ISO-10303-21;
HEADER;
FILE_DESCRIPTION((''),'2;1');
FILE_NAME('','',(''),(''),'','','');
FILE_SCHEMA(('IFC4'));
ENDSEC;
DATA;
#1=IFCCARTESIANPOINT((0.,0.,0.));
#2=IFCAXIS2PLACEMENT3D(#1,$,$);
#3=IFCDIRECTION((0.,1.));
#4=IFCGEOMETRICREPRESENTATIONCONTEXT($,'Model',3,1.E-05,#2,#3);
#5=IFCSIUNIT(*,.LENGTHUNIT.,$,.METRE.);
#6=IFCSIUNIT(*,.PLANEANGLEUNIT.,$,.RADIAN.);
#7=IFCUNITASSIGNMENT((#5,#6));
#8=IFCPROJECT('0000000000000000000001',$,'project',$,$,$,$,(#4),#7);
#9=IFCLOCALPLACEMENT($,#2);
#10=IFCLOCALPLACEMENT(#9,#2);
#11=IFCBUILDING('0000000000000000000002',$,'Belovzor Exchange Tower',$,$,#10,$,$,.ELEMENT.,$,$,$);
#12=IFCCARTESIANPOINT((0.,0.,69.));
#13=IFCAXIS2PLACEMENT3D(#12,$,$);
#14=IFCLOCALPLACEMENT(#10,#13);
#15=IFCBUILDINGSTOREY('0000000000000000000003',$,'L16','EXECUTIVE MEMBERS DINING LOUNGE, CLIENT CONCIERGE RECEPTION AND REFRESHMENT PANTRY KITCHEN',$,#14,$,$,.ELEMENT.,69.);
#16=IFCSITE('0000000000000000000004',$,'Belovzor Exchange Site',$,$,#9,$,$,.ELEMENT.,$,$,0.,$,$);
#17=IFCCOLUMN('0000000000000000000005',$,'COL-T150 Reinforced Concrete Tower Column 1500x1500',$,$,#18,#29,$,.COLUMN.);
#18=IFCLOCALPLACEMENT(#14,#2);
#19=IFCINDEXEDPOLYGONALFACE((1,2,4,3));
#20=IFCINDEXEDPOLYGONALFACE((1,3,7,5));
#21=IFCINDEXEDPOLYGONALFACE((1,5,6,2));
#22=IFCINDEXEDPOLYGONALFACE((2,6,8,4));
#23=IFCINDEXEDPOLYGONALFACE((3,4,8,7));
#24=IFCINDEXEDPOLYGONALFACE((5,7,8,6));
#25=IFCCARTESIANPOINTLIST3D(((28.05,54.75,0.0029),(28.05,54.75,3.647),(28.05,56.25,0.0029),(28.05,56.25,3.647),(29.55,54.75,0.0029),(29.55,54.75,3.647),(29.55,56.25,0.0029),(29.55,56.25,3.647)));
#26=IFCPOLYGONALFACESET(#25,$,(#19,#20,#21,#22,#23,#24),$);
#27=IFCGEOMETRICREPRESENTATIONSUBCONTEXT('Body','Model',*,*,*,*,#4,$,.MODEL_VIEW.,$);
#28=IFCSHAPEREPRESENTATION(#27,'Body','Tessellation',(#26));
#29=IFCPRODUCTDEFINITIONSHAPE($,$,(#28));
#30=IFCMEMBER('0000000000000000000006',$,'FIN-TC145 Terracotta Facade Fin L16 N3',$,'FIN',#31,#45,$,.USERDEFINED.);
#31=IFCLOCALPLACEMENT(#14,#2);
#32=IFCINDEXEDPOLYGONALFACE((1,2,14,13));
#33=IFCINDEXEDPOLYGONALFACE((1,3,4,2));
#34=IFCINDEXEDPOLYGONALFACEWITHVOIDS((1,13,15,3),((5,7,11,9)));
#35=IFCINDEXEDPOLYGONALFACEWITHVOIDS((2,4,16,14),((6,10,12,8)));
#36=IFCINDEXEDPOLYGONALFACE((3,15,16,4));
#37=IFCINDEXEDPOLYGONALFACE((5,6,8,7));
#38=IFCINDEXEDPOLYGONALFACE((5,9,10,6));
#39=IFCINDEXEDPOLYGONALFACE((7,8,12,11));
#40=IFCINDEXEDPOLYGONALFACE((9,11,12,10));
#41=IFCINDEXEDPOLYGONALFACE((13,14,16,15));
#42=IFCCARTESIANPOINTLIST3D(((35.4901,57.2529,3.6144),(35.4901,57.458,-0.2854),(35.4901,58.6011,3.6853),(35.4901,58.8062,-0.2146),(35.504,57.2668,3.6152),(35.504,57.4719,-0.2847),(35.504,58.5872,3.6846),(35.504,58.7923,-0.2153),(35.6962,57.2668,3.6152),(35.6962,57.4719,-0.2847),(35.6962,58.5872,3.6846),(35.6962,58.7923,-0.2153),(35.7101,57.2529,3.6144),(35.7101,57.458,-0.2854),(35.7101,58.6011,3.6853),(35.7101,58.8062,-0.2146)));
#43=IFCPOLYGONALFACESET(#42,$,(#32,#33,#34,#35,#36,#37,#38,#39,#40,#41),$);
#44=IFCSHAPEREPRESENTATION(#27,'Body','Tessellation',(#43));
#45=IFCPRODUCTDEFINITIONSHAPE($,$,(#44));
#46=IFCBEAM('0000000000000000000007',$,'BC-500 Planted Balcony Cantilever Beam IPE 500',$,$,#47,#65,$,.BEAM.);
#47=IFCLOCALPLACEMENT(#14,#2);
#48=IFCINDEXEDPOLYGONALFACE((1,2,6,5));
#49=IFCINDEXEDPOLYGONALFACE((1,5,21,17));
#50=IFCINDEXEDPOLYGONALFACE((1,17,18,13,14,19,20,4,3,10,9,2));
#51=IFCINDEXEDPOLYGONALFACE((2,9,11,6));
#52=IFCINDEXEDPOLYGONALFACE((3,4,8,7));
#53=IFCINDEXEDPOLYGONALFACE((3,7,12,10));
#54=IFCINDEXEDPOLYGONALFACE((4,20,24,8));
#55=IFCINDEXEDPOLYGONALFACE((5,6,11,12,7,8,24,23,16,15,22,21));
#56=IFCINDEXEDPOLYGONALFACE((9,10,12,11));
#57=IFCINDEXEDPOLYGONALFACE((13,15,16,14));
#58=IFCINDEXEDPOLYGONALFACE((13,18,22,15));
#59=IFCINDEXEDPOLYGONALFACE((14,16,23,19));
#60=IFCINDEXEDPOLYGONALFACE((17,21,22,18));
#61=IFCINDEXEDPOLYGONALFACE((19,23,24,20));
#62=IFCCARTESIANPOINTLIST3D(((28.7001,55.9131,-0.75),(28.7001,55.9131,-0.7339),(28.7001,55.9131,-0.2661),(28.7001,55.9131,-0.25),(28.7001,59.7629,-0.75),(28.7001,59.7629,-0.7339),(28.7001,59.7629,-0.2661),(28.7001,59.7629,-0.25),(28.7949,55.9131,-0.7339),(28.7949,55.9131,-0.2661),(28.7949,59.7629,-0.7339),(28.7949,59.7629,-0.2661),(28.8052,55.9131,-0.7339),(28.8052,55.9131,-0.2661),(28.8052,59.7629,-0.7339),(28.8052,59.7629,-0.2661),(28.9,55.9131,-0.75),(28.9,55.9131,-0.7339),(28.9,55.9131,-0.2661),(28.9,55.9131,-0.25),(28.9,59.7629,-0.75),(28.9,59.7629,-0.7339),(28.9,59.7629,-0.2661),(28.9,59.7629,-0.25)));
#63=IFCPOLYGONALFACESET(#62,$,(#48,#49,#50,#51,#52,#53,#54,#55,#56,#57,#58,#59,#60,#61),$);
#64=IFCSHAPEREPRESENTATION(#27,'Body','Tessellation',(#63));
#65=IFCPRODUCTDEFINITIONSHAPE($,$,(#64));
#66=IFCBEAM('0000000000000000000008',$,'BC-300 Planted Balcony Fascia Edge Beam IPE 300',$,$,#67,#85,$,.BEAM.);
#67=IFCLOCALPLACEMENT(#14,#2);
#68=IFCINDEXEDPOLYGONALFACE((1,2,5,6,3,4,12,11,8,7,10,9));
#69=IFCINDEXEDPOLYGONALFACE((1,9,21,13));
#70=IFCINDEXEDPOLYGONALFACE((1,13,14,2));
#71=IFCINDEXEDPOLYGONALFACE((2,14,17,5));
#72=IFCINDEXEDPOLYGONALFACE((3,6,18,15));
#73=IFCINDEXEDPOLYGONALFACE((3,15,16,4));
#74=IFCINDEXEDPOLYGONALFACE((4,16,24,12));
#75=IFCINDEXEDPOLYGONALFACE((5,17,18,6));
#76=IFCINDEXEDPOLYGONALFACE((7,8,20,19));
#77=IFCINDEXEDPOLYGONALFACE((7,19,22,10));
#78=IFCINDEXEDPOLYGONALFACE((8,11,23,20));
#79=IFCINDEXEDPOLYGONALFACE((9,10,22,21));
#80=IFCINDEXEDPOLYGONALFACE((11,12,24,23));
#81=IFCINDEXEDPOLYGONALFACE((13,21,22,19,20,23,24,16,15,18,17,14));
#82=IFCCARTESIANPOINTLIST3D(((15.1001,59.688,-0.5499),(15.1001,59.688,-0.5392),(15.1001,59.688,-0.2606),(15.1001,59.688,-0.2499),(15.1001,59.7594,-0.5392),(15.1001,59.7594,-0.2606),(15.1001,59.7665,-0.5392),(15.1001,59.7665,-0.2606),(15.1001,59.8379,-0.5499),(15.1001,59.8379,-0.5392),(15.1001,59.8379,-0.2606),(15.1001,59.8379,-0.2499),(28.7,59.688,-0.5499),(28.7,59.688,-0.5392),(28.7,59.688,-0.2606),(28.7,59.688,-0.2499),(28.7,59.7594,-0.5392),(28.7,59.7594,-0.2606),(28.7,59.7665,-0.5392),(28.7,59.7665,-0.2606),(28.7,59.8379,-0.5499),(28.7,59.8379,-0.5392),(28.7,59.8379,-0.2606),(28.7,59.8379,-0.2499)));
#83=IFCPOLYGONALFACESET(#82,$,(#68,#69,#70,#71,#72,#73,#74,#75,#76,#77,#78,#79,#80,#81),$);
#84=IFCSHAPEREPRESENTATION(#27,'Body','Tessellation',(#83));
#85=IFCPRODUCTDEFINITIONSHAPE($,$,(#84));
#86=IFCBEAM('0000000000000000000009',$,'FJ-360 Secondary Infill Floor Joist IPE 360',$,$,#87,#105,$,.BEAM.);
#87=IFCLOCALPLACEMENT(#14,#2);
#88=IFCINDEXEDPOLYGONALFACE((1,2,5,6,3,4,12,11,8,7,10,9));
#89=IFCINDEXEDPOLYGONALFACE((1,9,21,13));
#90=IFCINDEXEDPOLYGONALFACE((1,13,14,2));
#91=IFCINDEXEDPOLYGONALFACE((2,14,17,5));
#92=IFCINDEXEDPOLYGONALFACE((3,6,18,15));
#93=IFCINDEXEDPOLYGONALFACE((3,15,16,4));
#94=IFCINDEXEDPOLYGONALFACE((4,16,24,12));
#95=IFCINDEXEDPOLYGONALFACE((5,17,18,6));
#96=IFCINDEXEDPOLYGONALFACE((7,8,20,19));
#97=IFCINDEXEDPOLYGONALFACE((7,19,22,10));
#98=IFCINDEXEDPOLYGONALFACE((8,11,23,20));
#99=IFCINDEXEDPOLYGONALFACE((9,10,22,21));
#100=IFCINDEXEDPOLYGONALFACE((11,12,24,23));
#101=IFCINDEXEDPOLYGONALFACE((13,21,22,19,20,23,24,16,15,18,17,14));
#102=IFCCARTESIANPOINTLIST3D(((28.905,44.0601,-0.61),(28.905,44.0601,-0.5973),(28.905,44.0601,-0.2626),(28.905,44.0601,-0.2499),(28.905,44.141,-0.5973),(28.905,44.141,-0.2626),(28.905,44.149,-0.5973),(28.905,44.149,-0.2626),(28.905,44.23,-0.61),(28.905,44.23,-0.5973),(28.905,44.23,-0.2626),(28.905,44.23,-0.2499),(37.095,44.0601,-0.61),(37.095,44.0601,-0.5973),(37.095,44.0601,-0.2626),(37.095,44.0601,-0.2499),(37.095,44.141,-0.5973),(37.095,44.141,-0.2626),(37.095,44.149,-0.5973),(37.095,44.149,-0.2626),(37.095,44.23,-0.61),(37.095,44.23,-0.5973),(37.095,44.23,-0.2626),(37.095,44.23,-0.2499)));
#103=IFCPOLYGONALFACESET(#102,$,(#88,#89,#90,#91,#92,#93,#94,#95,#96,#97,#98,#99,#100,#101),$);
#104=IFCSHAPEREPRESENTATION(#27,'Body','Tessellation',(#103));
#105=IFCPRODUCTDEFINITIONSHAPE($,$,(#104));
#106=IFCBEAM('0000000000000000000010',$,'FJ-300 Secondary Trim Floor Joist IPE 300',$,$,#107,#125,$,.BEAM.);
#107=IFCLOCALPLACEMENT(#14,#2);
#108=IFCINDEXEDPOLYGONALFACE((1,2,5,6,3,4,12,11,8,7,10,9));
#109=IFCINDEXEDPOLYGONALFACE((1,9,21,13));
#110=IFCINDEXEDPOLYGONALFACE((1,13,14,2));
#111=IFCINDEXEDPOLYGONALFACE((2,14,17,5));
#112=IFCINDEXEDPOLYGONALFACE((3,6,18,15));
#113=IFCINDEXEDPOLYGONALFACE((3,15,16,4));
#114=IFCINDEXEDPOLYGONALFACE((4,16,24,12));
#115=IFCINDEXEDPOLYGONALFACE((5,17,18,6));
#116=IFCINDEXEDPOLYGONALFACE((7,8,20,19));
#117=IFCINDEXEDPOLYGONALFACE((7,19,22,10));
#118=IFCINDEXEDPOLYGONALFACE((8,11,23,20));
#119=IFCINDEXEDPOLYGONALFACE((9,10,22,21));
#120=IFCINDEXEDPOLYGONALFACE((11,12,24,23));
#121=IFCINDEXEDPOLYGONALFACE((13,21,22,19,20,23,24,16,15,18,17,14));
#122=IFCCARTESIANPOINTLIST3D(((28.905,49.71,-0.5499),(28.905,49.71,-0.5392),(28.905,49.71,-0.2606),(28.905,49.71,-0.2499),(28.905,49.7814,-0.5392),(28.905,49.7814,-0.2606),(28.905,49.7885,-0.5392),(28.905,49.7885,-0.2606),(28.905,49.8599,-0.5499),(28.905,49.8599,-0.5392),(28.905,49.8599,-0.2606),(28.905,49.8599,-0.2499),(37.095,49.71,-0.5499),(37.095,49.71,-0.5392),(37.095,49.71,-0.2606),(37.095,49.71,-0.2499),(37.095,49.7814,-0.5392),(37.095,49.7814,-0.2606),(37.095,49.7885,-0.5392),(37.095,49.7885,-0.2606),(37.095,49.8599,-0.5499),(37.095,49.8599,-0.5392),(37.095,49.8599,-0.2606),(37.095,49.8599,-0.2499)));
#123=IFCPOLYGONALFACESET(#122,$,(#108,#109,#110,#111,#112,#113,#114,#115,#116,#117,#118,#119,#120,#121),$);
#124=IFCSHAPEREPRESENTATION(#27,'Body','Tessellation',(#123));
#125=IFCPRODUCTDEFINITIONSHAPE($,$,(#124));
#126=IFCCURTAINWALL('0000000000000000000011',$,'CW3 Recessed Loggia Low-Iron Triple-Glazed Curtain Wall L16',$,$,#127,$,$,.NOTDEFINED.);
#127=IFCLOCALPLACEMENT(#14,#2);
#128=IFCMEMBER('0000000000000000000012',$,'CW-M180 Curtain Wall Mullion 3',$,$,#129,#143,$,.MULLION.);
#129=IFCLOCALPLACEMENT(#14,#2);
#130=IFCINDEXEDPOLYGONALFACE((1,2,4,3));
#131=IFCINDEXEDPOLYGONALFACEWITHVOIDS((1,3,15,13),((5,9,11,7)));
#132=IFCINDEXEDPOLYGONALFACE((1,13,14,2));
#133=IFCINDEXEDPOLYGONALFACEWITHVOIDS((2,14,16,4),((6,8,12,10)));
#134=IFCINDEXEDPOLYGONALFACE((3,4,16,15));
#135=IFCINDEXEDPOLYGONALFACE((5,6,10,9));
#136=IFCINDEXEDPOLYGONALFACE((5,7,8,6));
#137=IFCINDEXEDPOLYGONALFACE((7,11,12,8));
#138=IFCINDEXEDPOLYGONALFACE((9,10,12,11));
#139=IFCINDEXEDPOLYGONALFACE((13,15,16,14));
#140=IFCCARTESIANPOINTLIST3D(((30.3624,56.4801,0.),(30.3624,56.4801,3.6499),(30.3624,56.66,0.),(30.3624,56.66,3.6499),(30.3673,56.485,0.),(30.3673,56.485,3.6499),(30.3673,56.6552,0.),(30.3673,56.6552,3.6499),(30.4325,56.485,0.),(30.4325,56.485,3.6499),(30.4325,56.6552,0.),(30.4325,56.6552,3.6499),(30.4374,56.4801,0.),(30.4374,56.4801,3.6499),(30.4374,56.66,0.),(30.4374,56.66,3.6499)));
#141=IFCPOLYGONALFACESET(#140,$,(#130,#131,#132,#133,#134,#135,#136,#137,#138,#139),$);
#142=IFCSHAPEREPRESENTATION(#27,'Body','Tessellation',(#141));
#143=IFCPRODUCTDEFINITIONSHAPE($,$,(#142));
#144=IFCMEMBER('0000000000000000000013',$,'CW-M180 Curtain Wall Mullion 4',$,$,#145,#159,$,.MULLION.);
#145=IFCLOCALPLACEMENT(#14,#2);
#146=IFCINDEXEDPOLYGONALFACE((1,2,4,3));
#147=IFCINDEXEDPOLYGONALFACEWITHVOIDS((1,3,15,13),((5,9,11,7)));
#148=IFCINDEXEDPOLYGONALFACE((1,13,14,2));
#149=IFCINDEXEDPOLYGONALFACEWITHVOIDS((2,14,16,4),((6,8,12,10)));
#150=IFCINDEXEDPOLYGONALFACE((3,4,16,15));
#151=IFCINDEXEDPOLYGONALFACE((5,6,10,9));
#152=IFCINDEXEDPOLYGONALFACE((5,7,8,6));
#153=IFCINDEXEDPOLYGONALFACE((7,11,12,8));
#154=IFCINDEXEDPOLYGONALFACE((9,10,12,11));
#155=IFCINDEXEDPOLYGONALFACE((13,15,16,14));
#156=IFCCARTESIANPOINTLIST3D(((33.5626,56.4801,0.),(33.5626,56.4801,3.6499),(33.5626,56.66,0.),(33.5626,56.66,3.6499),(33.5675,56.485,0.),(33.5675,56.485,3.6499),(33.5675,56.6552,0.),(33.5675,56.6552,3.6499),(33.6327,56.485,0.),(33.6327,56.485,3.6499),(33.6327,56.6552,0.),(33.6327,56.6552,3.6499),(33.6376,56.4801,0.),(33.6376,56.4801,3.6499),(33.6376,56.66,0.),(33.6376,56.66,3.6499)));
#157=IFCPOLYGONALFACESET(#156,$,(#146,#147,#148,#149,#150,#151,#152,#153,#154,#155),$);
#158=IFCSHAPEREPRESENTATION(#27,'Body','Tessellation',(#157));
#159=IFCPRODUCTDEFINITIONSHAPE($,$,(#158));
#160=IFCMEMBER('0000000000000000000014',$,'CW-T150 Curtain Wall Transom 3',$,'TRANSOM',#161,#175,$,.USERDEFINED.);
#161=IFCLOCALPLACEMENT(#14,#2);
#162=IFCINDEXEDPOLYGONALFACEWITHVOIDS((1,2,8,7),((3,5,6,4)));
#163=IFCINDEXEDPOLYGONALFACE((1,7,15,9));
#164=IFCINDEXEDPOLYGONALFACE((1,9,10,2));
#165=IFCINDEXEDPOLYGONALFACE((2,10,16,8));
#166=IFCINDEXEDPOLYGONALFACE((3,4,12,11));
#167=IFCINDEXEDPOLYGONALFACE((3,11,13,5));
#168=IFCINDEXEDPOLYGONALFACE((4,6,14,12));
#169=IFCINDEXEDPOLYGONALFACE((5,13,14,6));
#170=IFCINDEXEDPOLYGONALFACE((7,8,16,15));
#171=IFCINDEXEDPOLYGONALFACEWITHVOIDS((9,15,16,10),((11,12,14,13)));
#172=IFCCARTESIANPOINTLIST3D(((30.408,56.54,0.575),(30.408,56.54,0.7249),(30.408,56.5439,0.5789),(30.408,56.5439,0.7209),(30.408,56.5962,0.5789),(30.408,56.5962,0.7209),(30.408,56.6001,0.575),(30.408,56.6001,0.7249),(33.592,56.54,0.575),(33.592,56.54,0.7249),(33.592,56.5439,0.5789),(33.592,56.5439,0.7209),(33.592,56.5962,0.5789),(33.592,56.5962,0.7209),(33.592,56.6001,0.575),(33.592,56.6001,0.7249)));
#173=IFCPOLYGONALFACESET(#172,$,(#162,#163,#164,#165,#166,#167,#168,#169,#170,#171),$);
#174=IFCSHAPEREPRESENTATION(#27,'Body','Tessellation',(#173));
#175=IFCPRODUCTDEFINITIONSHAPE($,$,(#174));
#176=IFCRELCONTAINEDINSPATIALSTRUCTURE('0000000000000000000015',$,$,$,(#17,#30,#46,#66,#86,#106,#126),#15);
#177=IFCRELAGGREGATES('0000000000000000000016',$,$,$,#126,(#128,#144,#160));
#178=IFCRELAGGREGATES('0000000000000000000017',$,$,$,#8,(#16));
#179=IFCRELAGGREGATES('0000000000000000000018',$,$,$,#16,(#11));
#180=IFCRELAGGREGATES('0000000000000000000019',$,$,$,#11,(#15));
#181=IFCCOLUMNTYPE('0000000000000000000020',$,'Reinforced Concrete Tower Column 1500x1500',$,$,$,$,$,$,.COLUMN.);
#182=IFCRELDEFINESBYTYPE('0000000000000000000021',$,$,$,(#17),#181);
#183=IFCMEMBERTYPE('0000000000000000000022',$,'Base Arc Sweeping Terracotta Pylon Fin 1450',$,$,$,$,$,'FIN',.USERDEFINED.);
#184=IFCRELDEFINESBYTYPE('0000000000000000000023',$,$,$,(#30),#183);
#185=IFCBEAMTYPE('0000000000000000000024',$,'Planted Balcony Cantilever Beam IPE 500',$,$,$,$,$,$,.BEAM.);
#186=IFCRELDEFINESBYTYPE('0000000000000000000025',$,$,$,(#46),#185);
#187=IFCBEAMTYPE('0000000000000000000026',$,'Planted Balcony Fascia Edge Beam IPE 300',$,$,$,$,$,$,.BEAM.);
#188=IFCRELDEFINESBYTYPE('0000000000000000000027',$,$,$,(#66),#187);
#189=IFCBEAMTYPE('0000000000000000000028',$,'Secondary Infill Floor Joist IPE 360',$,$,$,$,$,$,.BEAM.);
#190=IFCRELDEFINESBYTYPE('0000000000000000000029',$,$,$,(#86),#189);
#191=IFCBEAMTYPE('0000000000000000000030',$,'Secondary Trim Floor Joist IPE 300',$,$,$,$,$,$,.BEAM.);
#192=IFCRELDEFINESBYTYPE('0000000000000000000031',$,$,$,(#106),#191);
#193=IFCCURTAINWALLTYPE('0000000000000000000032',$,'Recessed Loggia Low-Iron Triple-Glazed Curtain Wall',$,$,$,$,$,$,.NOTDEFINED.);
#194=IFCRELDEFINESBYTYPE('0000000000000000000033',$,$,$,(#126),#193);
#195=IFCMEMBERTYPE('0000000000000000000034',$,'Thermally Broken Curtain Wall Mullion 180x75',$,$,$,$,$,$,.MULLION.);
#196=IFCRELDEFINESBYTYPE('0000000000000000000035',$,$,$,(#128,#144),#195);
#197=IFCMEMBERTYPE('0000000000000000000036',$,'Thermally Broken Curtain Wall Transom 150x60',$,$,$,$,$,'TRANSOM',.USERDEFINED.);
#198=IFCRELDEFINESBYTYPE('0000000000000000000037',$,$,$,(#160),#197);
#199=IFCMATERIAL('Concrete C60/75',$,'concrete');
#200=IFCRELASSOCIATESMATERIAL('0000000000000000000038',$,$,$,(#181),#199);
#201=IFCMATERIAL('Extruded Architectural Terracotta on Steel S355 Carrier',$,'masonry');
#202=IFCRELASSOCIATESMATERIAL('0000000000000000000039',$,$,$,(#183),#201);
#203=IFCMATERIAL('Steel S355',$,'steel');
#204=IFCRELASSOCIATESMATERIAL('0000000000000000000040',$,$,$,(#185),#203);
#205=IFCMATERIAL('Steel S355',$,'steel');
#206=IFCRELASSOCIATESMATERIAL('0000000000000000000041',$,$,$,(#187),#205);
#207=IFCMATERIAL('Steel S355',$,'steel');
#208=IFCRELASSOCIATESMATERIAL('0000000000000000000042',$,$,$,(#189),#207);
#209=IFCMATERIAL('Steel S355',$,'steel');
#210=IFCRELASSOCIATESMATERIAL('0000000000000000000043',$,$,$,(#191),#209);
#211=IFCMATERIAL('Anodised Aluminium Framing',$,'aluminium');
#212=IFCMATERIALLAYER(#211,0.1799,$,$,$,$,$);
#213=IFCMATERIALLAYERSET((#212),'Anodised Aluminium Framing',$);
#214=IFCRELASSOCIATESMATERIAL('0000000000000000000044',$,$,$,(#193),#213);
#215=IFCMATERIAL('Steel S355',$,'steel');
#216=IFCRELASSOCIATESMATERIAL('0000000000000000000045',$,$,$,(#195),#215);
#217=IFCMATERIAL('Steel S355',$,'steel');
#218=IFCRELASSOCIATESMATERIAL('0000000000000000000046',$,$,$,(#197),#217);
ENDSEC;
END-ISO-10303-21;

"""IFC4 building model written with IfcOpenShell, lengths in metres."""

from ifc_helpers import new_model, si_unit, direction, frame, origin, origin_2d, place, context, subcontext, project, spatial, rectangle, hollow_rectangle, i_section, extrude, material, layer, layer_set, material_profile, profile_set, type_object, element, aggregate, save


model = new_model("IFC4")

# Units and contexts
model_context = context("Model", 3, precision=1e-05, world=origin(), true_north=direction((0.0, 1.0)))
body_context = subcontext(model_context, "Body", "Model", "MODEL_VIEW")
ifc_project = project(units=[si_unit("LENGTHUNIT", "METRE"), si_unit("PLANEANGLEUNIT", "RADIAN")], contexts=[model_context])

# Site, building, storey
site_placement = place(None, origin())
site = spatial("IfcSite", under=ifc_project, at=site_placement, Name="Belovzor Exchange Site", CompositionType="ELEMENT", RefElevation=0.0)
building_placement = place(site_placement, origin())
building = spatial("IfcBuilding", under=site, at=building_placement, Name="Belovzor Exchange Tower", CompositionType="ELEMENT")
storey_placement = place(building_placement, frame((0.0, 0.0, 69.0)))
storey = spatial("IfcBuildingStorey", under=building, at=storey_placement, Name="L16", Description="EXECUTIVE MEMBERS DINING LOUNGE, CLIENT CONCIERGE RECEPTION AND REFRESHMENT PANTRY KITCHEN", CompositionType="ELEMENT", Elevation=69.0)

# Column
ifc_material_1 = material(Name="Concrete C60/75", Category="concrete")
ifc_material_profile_1 = material_profile(ifc_material_1, rectangle(XDim=1.5, YDim=1.5, at=origin_2d()))
ifc_profile_set_1 = profile_set([ifc_material_profile_1], Name="Concrete C60/75")
column_type = type_object("IfcColumnType", Name="Reinforced Concrete Tower Column 1500x1500", PredefinedType="COLUMN", material=ifc_profile_set_1)
column_placement = place(storey_placement, frame((28.8, 55.5, 0.0029), z_axis=(0.0, 0.0, 1.0), x_axis=(1.0, 0.0, 0.0)))
element("IfcColumn", 1, at=column_placement, inside=storey, type_object=column_type, Name="COL-T150 Reinforced Concrete Tower Column 1500x1500", PredefinedType="COLUMN", context=body_context, shape_type="SweptSolid", body=[
    extrude(rectangle(XDim=1.5, YDim=1.5, at=origin_2d()), origin(), (0.0, 0.0, 1.0), 3.644),
])

# Member
ifc_material_2 = material(Name="Extruded Architectural Terracotta on Steel S355 Carrier", Category="masonry")
ifc_material_profile_2 = material_profile(ifc_material_2, hollow_rectangle(XDim=0.22, YDim=1.3501, WallThickness=0.0139, at=origin_2d()))
ifc_profile_set_2 = profile_set([ifc_material_profile_2], Name="Extruded Architectural Terracotta on Steel S355 Carrier")
member_type_1 = type_object("IfcMemberType", Name="Base Arc Sweeping Terracotta Pylon Fin 1450", ElementType="FIN", PredefinedType="USERDEFINED", material=ifc_profile_set_2)
member_1_placement = place(storey_placement, frame((35.6001, 58.1321, -0.25), z_axis=(0.0, -0.052513, 0.99862), x_axis=(1.0, 0.0, 0.0)))
element("IfcMember", 2, at=member_1_placement, inside=storey, type_object=member_type_1, Name="FIN-TC145 Terracotta Facade Fin L16 N3", ObjectType="FIN", PredefinedType="USERDEFINED", context=body_context, shape_type="SweptSolid", body=[
    extrude(hollow_rectangle(XDim=0.22, YDim=1.3501, WallThickness=0.0139, at=origin_2d()), origin(), (0.0, 0.0, 1.0), 3.9053),
])

# Beams
ifc_material_3 = material(Name="Steel S355", Category="steel")
ifc_material_profile_3 = material_profile(ifc_material_3, i_section(OverallWidth=0.2, OverallDepth=0.5, WebThickness=0.0103, FlangeThickness=0.0161, at=origin_2d()))
ifc_profile_set_3 = profile_set([ifc_material_profile_3], Name="Steel S355")
beam_type_1 = type_object("IfcBeamType", Name="Planted Balcony Cantilever Beam IPE 500", PredefinedType="BEAM", material=ifc_profile_set_3)
beam_1_placement = place(storey_placement, frame((28.8, 55.9131, -0.5), z_axis=(0.0, 1.0, 0.0), x_axis=(-1.0, 0.0, 0.0)))
element("IfcBeam", 3, at=beam_1_placement, inside=storey, type_object=beam_type_1, Name="BC-500 Planted Balcony Cantilever Beam IPE 500", PredefinedType="BEAM", context=body_context, shape_type="SweptSolid", body=[
    extrude(i_section(OverallWidth=0.2, OverallDepth=0.5, WebThickness=0.0103, FlangeThickness=0.0161, at=origin_2d()), origin(), (0.0, 0.0, 1.0), 3.8499),
])
ifc_material_4 = material(Name="Steel S355", Category="steel")
ifc_material_profile_4 = material_profile(ifc_material_4, i_section(OverallWidth=0.1499, OverallDepth=0.3, WebThickness=0.0071, FlangeThickness=0.0107, at=origin_2d()))
ifc_profile_set_4 = profile_set([ifc_material_profile_4], Name="Steel S355")
beam_type_2 = type_object("IfcBeamType", Name="Planted Balcony Fascia Edge Beam IPE 300", PredefinedType="BEAM", material=ifc_profile_set_4)
beam_2_placement = place(storey_placement, frame((28.7, 59.7629, -0.3999), z_axis=(-1.0, 0.0, 0.0), x_axis=(0.0, -1.0, 0.0)))
element("IfcBeam", 4, at=beam_2_placement, inside=storey, type_object=beam_type_2, Name="BC-300 Planted Balcony Fascia Edge Beam IPE 300", PredefinedType="BEAM", context=body_context, shape_type="SweptSolid", body=[
    extrude(i_section(OverallWidth=0.1499, OverallDepth=0.3, WebThickness=0.0071, FlangeThickness=0.0107, at=origin_2d()), origin(), (0.0, 0.0, 1.0), 13.5999),
])
ifc_material_5 = material(Name="Steel S355", Category="steel")
ifc_material_profile_5 = material_profile(ifc_material_5, i_section(OverallWidth=0.1699, OverallDepth=0.3601, WebThickness=0.0081, FlangeThickness=0.0127, at=origin_2d()))
ifc_profile_set_5 = profile_set([ifc_material_profile_5], Name="Steel S355")
beam_type_3 = type_object("IfcBeamType", Name="Secondary Infill Floor Joist IPE 360", PredefinedType="BEAM", material=ifc_profile_set_5)
beam_3_placement = place(storey_placement, frame((28.905, 44.145, -0.4299), z_axis=(1.0, 0.0, 0.0), x_axis=(0.0, 1.0, 0.0)))
element("IfcBeam", 5, at=beam_3_placement, inside=storey, type_object=beam_type_3, Name="FJ-360 Secondary Infill Floor Joist IPE 360", PredefinedType="BEAM", context=body_context, shape_type="SweptSolid", body=[
    extrude(i_section(OverallWidth=0.1699, OverallDepth=0.3601, WebThickness=0.0081, FlangeThickness=0.0127, at=origin_2d()), origin(), (0.0, 0.0, 1.0), 8.1899),
])
ifc_material_6 = material(Name="Steel S355", Category="steel")
ifc_material_profile_6 = material_profile(ifc_material_6, i_section(OverallWidth=0.1499, OverallDepth=0.3, WebThickness=0.0071, FlangeThickness=0.0107, at=origin_2d()))
ifc_profile_set_6 = profile_set([ifc_material_profile_6], Name="Steel S355")
beam_type_4 = type_object("IfcBeamType", Name="Secondary Trim Floor Joist IPE 300", PredefinedType="BEAM", material=ifc_profile_set_6)
beam_4_placement = place(storey_placement, frame((28.905, 49.7849, -0.3999), z_axis=(1.0, 0.0, 0.0), x_axis=(0.0, 1.0, 0.0)))
element("IfcBeam", 6, at=beam_4_placement, inside=storey, type_object=beam_type_4, Name="FJ-300 Secondary Trim Floor Joist IPE 300", PredefinedType="BEAM", context=body_context, shape_type="SweptSolid", body=[
    extrude(i_section(OverallWidth=0.1499, OverallDepth=0.3, WebThickness=0.0071, FlangeThickness=0.0107, at=origin_2d()), origin(), (0.0, 0.0, 1.0), 8.1899),
])

# Curtain wall, members
ifc_material_7 = material(Name="Anodised Aluminium Framing", Category="aluminium")
ifc_layer_1 = layer(ifc_material_7, 0.1799)
ifc_layer_set_1 = layer_set([ifc_layer_1], Name="Anodised Aluminium Framing")
curtain_wall_type = type_object("IfcCurtainWallType", Name="Recessed Loggia Low-Iron Triple-Glazed Curtain Wall", PredefinedType="NOTDEFINED", material=ifc_layer_set_1)
curtain_wall_placement = place(storey_placement, origin())
curtain_wall = element("IfcCurtainWall", 7, at=curtain_wall_placement, inside=storey, type_object=curtain_wall_type, Name="CW3 Recessed Loggia Low-Iron Triple-Glazed Curtain Wall L16", PredefinedType="NOTDEFINED")
ifc_material_8 = material(Name="Steel S355", Category="steel")
ifc_material_profile_7 = material_profile(ifc_material_8, hollow_rectangle(XDim=0.075, YDim=0.1799, WallThickness=0.0049, at=origin_2d()))
ifc_profile_set_7 = profile_set([ifc_material_profile_7], Name="Steel S355")
member_type_2 = type_object("IfcMemberType", Name="Thermally Broken Curtain Wall Mullion 180x75", PredefinedType="MULLION", material=ifc_profile_set_7)
member_2_placement = place(storey_placement, frame((30.3999, 56.5701, 0.0), z_axis=(0.0, 0.0, 1.0), x_axis=(1.0, 0.0, 0.0)))
member_2 = element("IfcMember", 8, at=member_2_placement, type_object=member_type_2, Name="CW-M180 Curtain Wall Mullion 3", PredefinedType="MULLION", context=body_context, shape_type="SweptSolid", body=[
    extrude(hollow_rectangle(XDim=0.075, YDim=0.1799, WallThickness=0.0049, at=origin_2d()), origin(), (0.0, 0.0, 1.0), 3.6499),
])
member_3_placement = place(storey_placement, frame((33.6001, 56.5701, 0.0), z_axis=(0.0, 0.0, 1.0), x_axis=(1.0, 0.0, 0.0)))
member_3 = element("IfcMember", 9, at=member_3_placement, type_object=member_type_2, Name="CW-M180 Curtain Wall Mullion 4", PredefinedType="MULLION", context=body_context, shape_type="SweptSolid", body=[
    extrude(hollow_rectangle(XDim=0.075, YDim=0.1799, WallThickness=0.0049, at=origin_2d()), origin(), (0.0, 0.0, 1.0), 3.6499),
])
ifc_material_9 = material(Name="Steel S355", Category="steel")
ifc_material_profile_8 = material_profile(ifc_material_9, hollow_rectangle(XDim=0.0601, YDim=0.1499, WallThickness=0.0039, at=origin_2d()))
ifc_profile_set_8 = profile_set([ifc_material_profile_8], Name="Steel S355")
member_type_3 = type_object("IfcMemberType", Name="Thermally Broken Curtain Wall Transom 150x60", ElementType="TRANSOM", PredefinedType="USERDEFINED", material=ifc_profile_set_8)
member_4_placement = place(storey_placement, frame((30.408, 56.5701, 0.6499), z_axis=(1.0, 0.0, 0.0), x_axis=(0.0, 1.0, 0.0)))
member_4 = element("IfcMember", 10, at=member_4_placement, type_object=member_type_3, Name="CW-T150 Curtain Wall Transom 3", ObjectType="TRANSOM", PredefinedType="USERDEFINED", context=body_context, shape_type="SweptSolid", body=[
    extrude(hollow_rectangle(XDim=0.0601, YDim=0.1499, WallThickness=0.0039, at=origin_2d()), origin(), (0.0, 0.0, 1.0), 3.1841),
])

aggregate(curtain_wall, [member_2, member_3, member_4])

save(model, "model.ifc")
